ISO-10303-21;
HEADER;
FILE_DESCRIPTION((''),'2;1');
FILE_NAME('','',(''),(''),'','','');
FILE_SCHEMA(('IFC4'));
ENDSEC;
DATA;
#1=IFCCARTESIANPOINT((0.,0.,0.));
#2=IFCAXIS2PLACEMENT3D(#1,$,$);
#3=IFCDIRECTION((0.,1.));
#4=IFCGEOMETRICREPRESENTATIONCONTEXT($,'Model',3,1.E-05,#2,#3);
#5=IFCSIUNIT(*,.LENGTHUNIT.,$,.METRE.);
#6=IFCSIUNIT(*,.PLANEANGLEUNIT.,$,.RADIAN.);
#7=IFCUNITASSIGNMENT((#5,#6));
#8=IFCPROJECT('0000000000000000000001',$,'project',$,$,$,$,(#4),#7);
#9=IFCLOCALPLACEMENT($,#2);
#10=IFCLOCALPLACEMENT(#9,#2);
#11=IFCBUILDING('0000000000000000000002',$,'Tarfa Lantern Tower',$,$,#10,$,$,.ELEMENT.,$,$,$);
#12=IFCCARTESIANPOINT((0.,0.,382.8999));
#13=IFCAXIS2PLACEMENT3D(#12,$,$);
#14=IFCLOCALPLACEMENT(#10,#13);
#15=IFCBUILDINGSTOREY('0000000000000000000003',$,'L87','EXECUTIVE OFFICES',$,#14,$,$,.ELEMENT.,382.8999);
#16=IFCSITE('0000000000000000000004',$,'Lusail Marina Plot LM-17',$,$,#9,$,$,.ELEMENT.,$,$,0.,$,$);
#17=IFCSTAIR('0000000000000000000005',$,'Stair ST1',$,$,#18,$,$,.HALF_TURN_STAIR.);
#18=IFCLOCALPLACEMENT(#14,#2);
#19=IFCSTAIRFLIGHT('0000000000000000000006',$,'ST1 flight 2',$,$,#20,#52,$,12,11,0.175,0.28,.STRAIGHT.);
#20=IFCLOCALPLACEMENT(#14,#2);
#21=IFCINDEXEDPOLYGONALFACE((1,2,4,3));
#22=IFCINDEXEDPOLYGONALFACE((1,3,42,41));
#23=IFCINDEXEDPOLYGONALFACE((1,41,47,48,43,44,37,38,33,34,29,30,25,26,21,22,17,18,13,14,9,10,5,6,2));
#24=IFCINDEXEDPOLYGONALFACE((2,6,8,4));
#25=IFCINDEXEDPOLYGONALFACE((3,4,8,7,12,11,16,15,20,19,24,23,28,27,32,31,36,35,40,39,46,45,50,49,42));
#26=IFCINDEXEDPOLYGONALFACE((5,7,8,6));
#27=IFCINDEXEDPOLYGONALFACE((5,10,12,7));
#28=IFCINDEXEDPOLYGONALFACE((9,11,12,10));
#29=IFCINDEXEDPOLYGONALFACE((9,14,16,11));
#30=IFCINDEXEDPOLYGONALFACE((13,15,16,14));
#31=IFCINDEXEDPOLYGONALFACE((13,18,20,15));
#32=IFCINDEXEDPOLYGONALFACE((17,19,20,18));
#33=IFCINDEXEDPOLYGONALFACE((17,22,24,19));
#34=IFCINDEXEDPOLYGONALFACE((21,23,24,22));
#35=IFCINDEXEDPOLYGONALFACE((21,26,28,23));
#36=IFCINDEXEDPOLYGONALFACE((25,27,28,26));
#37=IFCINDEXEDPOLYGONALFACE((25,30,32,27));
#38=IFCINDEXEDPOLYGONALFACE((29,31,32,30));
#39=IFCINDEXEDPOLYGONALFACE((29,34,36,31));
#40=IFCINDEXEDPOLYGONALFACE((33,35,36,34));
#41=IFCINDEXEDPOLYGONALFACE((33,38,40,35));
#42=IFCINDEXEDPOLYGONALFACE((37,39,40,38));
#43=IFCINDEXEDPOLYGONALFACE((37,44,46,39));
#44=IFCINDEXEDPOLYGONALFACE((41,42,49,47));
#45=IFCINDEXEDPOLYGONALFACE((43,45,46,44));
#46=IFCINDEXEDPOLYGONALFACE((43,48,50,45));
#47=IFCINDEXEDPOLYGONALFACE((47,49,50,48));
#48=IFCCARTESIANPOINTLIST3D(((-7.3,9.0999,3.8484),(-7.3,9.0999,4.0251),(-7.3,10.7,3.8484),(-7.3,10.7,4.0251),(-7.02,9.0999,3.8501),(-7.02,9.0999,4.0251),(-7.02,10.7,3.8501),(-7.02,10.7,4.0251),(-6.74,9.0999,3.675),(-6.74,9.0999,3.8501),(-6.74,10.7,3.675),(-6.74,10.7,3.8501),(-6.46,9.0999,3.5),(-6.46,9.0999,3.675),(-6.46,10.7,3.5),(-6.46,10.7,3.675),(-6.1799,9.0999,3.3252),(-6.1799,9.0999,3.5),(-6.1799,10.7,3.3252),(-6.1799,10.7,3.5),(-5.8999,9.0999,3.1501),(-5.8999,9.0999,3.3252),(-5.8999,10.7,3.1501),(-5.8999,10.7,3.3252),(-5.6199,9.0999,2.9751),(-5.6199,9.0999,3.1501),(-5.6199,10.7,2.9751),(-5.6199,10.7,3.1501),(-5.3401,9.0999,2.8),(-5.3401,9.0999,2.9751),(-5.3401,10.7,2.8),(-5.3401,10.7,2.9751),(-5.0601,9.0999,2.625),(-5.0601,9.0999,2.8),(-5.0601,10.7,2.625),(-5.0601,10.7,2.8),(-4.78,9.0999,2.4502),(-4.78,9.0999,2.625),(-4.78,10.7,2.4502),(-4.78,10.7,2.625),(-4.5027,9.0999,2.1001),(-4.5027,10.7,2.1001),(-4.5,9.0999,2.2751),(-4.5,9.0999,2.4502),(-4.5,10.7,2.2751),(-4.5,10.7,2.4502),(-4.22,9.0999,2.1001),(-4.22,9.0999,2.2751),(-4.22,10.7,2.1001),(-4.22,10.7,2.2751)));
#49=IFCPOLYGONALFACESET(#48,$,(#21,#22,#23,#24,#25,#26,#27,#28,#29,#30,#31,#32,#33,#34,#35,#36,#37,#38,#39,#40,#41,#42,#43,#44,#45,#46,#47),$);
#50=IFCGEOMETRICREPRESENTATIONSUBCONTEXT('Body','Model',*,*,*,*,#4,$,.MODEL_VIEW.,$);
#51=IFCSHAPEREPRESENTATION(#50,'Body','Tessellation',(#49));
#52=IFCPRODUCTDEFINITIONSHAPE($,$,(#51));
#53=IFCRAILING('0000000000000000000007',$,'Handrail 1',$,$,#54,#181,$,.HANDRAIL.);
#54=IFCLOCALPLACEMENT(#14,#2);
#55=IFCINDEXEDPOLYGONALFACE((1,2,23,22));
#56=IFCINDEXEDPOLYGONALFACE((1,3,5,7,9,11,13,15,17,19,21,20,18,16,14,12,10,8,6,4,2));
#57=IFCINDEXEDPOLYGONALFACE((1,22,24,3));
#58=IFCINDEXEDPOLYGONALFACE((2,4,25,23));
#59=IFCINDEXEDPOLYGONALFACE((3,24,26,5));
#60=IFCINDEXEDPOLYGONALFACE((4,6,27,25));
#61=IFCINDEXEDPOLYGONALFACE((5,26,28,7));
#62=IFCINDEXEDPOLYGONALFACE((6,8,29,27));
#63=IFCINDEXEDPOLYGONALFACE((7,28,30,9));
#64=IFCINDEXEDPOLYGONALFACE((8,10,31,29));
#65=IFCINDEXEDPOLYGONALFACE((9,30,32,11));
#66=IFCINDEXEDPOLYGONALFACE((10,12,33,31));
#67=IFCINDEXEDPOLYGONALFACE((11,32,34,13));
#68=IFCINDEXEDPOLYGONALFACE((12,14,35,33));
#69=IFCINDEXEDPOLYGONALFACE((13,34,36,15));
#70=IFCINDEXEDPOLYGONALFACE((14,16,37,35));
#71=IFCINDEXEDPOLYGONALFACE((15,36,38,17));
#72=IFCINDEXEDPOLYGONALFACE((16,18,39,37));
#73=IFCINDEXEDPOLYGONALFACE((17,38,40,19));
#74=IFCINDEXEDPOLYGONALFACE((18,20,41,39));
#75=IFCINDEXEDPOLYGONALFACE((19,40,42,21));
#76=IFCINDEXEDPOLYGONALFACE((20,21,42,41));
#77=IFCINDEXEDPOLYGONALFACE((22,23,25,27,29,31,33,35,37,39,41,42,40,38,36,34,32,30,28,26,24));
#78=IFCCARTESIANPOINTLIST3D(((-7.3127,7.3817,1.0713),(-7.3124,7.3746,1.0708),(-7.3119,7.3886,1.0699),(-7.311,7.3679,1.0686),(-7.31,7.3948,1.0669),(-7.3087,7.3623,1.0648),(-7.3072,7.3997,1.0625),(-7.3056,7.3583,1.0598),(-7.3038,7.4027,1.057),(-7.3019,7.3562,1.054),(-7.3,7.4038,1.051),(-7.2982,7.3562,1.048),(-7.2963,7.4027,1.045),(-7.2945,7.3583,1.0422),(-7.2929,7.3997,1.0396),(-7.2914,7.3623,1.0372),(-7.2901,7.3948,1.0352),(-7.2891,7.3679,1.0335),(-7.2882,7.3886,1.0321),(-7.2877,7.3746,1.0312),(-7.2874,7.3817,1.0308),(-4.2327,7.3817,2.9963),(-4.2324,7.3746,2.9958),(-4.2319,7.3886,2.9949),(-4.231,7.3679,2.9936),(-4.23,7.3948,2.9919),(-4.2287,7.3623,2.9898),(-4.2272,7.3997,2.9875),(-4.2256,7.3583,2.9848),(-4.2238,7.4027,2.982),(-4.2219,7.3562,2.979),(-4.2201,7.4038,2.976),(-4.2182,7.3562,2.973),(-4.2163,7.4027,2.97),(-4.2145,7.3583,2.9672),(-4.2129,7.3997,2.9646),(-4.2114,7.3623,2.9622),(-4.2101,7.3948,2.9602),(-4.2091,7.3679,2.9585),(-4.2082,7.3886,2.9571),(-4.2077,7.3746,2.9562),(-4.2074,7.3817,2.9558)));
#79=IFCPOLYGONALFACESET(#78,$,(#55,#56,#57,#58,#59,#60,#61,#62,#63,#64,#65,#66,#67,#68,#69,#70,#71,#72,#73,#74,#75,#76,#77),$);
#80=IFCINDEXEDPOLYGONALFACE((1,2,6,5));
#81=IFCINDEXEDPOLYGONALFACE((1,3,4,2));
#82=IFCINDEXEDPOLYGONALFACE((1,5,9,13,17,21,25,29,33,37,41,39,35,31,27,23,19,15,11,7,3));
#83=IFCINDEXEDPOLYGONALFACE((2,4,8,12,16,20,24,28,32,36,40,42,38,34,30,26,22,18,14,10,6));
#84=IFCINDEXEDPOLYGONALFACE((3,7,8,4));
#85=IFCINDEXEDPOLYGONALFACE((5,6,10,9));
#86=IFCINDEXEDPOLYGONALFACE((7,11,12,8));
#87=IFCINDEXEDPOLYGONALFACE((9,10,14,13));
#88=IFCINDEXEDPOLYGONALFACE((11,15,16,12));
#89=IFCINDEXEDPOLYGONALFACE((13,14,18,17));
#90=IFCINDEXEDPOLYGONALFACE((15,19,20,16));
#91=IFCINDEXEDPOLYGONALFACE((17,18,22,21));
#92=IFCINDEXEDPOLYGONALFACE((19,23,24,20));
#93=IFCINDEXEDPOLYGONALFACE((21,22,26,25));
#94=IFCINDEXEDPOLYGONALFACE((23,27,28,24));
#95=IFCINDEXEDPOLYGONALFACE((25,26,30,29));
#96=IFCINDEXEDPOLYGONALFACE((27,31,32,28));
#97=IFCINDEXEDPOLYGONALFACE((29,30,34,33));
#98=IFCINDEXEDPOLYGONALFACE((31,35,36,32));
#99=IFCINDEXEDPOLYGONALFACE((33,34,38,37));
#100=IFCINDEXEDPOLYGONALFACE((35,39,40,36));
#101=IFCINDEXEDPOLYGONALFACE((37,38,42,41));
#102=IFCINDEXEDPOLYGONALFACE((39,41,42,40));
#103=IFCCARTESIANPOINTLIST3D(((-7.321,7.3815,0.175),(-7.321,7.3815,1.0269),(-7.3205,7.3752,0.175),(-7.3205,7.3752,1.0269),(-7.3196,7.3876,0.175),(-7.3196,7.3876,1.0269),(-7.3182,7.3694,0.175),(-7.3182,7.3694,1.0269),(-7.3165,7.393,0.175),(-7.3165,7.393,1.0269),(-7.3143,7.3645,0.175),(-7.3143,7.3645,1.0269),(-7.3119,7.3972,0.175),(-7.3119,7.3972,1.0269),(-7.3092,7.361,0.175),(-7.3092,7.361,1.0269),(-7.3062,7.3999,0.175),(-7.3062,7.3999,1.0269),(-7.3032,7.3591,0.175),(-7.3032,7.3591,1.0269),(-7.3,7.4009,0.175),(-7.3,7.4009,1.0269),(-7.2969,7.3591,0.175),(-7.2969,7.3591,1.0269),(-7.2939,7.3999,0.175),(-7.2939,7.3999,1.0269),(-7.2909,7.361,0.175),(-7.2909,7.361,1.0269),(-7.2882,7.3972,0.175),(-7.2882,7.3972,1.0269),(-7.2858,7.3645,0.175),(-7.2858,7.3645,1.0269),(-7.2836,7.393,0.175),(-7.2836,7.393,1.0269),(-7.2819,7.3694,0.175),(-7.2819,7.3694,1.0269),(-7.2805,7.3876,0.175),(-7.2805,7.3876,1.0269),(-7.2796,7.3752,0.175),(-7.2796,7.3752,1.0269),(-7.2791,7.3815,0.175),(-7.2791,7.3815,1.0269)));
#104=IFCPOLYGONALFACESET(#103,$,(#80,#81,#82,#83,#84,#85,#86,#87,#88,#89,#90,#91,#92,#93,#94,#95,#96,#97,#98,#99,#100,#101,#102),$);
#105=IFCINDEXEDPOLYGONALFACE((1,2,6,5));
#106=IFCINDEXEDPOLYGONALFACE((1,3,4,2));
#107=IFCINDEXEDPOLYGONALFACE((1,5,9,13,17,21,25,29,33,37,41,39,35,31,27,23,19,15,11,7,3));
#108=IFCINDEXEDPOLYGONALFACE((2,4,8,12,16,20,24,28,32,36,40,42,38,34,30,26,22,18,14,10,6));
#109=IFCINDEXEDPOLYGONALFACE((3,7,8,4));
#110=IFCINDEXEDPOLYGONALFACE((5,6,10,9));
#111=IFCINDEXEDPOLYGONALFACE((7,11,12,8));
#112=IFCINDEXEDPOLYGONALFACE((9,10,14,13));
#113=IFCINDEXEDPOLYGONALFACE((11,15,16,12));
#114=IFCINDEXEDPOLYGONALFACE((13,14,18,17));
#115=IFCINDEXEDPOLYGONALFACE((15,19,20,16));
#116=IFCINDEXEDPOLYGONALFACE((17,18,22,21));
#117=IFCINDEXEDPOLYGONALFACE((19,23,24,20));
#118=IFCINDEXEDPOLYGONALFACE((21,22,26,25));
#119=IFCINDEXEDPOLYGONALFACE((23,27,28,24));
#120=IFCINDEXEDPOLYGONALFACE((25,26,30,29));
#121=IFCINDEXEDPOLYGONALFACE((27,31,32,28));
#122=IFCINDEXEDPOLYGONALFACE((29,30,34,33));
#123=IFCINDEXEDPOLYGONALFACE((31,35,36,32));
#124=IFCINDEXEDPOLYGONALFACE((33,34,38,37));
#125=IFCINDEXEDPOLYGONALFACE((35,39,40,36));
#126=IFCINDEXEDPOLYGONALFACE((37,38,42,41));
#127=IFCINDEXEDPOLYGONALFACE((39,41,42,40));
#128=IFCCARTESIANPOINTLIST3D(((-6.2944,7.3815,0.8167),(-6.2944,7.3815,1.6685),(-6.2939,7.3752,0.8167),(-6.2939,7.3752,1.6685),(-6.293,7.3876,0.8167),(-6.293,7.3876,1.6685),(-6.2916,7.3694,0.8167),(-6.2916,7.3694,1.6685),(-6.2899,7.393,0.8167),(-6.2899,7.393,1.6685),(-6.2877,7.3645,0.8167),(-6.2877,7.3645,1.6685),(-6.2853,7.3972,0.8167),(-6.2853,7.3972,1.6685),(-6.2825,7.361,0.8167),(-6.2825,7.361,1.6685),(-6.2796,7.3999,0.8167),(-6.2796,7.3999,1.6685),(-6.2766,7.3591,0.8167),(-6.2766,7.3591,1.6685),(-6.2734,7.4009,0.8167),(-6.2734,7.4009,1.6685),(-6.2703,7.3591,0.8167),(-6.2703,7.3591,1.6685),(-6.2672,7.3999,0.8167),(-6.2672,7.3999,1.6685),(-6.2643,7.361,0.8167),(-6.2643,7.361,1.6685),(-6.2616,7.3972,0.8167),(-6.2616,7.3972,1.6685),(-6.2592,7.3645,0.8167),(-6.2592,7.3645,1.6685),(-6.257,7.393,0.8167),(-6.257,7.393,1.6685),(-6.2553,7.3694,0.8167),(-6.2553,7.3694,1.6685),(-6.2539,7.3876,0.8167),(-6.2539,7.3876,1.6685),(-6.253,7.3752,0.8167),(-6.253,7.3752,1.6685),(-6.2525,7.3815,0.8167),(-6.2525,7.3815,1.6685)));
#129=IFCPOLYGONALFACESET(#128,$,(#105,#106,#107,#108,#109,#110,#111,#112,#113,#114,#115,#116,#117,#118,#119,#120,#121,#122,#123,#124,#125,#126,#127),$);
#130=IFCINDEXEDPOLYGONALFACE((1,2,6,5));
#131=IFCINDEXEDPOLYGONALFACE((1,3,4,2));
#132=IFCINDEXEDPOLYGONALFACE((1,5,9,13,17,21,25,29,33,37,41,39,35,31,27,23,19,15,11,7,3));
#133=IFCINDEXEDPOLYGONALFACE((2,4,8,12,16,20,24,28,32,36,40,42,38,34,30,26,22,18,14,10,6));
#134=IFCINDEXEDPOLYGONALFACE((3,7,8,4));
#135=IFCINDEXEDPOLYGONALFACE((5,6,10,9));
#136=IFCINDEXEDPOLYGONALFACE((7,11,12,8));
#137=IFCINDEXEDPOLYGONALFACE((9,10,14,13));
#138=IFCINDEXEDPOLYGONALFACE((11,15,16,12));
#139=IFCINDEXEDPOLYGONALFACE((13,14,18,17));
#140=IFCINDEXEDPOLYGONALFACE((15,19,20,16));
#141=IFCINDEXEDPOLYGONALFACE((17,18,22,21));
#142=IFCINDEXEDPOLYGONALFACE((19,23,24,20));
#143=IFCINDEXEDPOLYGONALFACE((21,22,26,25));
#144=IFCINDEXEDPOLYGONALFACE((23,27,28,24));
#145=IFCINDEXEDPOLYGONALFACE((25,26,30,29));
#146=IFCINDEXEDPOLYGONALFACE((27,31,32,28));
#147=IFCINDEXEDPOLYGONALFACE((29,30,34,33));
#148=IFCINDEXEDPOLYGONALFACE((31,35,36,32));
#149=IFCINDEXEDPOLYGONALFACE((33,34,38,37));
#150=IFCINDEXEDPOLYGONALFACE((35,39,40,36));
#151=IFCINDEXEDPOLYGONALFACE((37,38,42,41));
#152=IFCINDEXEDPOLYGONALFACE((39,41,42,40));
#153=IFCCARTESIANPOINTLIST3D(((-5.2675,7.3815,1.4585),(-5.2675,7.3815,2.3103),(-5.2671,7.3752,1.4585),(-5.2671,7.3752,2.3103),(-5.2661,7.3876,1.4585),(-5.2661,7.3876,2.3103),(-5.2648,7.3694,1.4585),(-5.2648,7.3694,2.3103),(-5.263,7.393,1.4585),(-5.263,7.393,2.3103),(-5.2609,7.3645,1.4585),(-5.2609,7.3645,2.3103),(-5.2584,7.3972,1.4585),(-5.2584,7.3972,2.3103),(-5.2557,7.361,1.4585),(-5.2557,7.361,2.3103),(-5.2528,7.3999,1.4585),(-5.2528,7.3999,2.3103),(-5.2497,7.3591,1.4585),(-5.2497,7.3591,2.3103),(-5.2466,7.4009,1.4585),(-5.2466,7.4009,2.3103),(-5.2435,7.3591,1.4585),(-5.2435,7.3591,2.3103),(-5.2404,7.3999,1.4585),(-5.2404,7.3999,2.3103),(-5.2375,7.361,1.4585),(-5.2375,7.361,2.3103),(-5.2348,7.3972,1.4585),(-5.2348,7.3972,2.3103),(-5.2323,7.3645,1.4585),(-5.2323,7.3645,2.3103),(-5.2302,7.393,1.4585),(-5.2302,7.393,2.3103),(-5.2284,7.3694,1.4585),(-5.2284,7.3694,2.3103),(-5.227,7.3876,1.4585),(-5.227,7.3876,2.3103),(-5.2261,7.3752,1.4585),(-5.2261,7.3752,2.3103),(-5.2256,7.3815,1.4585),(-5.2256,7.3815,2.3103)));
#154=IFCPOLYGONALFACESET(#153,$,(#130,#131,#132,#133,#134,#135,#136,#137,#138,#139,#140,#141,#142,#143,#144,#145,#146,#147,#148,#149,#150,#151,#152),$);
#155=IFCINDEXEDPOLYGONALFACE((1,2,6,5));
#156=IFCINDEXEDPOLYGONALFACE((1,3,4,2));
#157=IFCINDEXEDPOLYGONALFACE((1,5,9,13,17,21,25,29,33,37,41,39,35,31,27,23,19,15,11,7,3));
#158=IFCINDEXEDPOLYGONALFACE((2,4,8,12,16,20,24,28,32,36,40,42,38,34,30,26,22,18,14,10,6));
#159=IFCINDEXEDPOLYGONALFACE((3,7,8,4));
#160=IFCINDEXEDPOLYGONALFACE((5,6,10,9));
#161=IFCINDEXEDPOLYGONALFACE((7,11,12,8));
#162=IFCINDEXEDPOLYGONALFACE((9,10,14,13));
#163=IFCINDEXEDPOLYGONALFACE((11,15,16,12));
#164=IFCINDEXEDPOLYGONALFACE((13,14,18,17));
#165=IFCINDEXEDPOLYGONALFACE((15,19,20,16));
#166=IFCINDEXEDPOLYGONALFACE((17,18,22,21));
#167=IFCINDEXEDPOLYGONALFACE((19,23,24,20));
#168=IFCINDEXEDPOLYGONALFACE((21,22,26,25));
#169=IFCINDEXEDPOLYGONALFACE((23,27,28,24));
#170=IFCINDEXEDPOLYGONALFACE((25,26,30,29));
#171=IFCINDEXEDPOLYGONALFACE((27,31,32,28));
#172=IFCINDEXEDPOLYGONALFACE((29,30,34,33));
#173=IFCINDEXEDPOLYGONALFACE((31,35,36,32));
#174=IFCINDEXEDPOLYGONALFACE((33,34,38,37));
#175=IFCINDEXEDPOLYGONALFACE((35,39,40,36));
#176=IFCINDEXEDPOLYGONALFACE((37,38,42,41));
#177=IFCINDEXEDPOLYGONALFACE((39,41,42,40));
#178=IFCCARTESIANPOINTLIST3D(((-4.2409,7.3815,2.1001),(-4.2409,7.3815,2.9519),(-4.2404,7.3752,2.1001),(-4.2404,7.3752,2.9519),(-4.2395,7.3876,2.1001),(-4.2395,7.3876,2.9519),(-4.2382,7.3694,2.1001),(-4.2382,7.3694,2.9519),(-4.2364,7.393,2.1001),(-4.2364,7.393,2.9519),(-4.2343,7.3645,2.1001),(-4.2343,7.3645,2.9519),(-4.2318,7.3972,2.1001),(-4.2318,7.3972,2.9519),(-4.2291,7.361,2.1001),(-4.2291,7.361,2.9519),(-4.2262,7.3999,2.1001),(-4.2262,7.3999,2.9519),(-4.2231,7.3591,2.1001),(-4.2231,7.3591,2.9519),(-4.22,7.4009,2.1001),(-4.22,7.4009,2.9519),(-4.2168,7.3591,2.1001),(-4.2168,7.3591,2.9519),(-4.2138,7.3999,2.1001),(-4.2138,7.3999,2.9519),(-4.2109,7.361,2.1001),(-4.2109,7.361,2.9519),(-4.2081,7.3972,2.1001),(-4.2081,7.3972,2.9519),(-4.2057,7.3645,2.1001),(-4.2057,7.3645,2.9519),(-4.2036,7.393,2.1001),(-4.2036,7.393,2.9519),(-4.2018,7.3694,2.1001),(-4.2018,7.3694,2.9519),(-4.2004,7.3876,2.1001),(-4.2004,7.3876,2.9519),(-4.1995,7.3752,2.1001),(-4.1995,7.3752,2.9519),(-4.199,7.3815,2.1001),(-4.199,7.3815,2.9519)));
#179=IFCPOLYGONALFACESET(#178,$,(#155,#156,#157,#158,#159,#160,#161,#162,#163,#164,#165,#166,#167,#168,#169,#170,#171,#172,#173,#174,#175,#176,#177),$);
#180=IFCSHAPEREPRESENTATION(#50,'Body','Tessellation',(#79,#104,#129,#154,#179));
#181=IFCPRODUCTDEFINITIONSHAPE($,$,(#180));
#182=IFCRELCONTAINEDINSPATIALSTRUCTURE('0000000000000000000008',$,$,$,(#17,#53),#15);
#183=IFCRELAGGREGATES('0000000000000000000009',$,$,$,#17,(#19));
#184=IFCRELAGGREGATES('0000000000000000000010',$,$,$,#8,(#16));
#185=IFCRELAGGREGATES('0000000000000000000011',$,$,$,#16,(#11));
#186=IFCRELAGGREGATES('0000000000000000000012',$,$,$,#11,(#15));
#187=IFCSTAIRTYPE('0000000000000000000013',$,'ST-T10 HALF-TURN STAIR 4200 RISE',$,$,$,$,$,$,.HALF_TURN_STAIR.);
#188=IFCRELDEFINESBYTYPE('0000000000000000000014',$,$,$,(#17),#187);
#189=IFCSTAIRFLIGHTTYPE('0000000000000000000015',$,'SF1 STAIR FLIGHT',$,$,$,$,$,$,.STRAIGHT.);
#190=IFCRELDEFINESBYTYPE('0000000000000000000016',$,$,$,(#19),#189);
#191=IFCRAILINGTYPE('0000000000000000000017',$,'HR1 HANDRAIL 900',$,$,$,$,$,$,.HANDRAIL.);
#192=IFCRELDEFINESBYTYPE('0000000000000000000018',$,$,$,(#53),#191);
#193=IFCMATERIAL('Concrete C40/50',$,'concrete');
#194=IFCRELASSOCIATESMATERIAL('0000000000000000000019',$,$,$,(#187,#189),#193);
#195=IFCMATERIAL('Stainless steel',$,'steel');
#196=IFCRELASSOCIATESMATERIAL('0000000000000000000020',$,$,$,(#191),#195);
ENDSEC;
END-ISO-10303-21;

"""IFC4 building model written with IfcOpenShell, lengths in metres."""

from ifc_helpers import new_model, si_unit, direction, frame, origin, origin_2d, place, context, subcontext, project, spatial, polyline, circle, outline, extrude, material, type_object, element, aggregate, save


model = new_model("IFC4")

# Units and contexts
model_context = context("Model", 3, precision=1e-05, world=origin(), true_north=direction((0.0, 1.0)))
body_context = subcontext(model_context, "Body", "Model", "MODEL_VIEW")
ifc_project = project(units=[si_unit("LENGTHUNIT", "METRE"), si_unit("PLANEANGLEUNIT", "RADIAN")], contexts=[model_context])

# Site, building, storey
site_placement = place(None, origin())
site = spatial("IfcSite", under=ifc_project, at=site_placement, Name="Lusail Marina Plot LM-17", CompositionType="ELEMENT", RefElevation=0.0)
building_placement = place(site_placement, origin())
building = spatial("IfcBuilding", under=site, at=building_placement, Name="Tarfa Lantern Tower", CompositionType="ELEMENT")
storey_placement = place(building_placement, frame((0.0, 0.0, 382.8999)))
storey = spatial("IfcBuildingStorey", under=building, at=storey_placement, Name="L87", Description="EXECUTIVE OFFICES", CompositionType="ELEMENT", Elevation=382.8999)

# Stair, stair flight
ifc_material_1 = material(Name="Concrete C40/50", Category="concrete")
stair_type = type_object("IfcStairType", Name="ST-T10 HALF-TURN STAIR 4200 RISE", PredefinedType="HALF_TURN_STAIR", material=ifc_material_1)
stair_placement = place(storey_placement, origin())
stair = element("IfcStair", 1, at=stair_placement, inside=storey, type_object=stair_type, Name="Stair ST1", PredefinedType="HALF_TURN_STAIR")
stair_flight_type = type_object("IfcStairFlightType", Name="SF1 STAIR FLIGHT", PredefinedType="STRAIGHT", material=ifc_material_1)
stair_flight_1_placement = place(storey_placement, frame((-4.22, 9.8999, 2.1001), z_axis=(0.0, 0.0, 1.0), x_axis=(-1.0, 0.0, 0.0)))
stair_flight_1 = element("IfcStairFlight", 2, at=stair_flight_1_placement, type_object=stair_flight_type, Name="ST1 flight 2", NumberOfRisers=12, NumberOfTreads=11, PredefinedType="STRAIGHT", RiserHeight=0.175, TreadLength=0.28, context=body_context, shape_type="SweptSolid", body=[
    extrude(outline(polyline([(0.0, 0.0), (0.0, 0.175), (0.28, 0.175), (0.28, 0.3501), (0.5601, 0.3501), (0.5601, 0.5249), (0.8401, 0.5249), (0.8401, 0.7), (1.1201, 0.7), (1.1201, 0.875), (1.3999, 0.875), (1.3999, 1.05), (1.6799, 1.05), (1.6799, 1.2251), (1.96, 1.2251), (1.96, 1.3999), (2.24, 1.3999), (2.24, 1.575), (2.52, 1.575), (2.52, 1.75), (2.8, 1.75), (2.8, 1.925), (3.0801, 1.925), (3.0801, 2.1001), (3.0801, 1.7483), (0.2827, 0.0), (0.0, 0.0)])), frame((0.0, 0.8, 0.0), z_axis=(0.0, -1.0, 0.0), x_axis=(1.0, 0.0, 0.0)), (0.0, 0.0, 1.0), 1.6001),
])
aggregate(stair, [stair_flight_1])

# Railing
ifc_material_2 = material(Name="Stainless steel", Category="steel")
railing_type = type_object("IfcRailingType", Name="HR1 HANDRAIL 900", PredefinedType="HANDRAIL", material=ifc_material_2)
railing_1_placement = place(storey_placement, frame((-7.3, 7.3799, 0.175)))
element("IfcRailing", 3, at=railing_1_placement, inside=storey, type_object=railing_type, Name="Handrail 1", PredefinedType="HANDRAIL", context=body_context, shape_type="SweptSolid", body=[
    extrude(circle(Radius=0.0239, at=origin_2d()), frame((0.0, 0.0, 0.876), z_axis=(0.847998, 0.0, 0.529999), x_axis=(0.0, 1.0, 0.0)), (0.0, 0.0, 1.0), 3.6321),
    extrude(circle(Radius=0.021, at=origin_2d()), frame((0.0, 0.0, 0.0), z_axis=(0.0, 0.0, 1.0), x_axis=(0.0, 1.0, 0.0)), (0.0, 0.0, 1.0), 0.8518),
    extrude(circle(Radius=0.021, at=origin_2d()), frame((1.0266, 0.0, 0.6416), z_axis=(0.0, 0.0, 1.0), x_axis=(0.0, 1.0, 0.0)), (0.0, 0.0, 1.0), 0.8518),
    extrude(circle(Radius=0.021, at=origin_2d()), frame((2.0535, 0.0, 1.2834), z_axis=(0.0, 0.0, 1.0), x_axis=(0.0, 1.0, 0.0)), (0.0, 0.0, 1.0), 0.8518),
    extrude(circle(Radius=0.021, at=origin_2d()), frame((3.0801, 0.0, 1.925), z_axis=(0.0, 0.0, 1.0), x_axis=(0.0, 1.0, 0.0)), (0.0, 0.0, 1.0), 0.8518),
])

save(model, "model.ifc")
